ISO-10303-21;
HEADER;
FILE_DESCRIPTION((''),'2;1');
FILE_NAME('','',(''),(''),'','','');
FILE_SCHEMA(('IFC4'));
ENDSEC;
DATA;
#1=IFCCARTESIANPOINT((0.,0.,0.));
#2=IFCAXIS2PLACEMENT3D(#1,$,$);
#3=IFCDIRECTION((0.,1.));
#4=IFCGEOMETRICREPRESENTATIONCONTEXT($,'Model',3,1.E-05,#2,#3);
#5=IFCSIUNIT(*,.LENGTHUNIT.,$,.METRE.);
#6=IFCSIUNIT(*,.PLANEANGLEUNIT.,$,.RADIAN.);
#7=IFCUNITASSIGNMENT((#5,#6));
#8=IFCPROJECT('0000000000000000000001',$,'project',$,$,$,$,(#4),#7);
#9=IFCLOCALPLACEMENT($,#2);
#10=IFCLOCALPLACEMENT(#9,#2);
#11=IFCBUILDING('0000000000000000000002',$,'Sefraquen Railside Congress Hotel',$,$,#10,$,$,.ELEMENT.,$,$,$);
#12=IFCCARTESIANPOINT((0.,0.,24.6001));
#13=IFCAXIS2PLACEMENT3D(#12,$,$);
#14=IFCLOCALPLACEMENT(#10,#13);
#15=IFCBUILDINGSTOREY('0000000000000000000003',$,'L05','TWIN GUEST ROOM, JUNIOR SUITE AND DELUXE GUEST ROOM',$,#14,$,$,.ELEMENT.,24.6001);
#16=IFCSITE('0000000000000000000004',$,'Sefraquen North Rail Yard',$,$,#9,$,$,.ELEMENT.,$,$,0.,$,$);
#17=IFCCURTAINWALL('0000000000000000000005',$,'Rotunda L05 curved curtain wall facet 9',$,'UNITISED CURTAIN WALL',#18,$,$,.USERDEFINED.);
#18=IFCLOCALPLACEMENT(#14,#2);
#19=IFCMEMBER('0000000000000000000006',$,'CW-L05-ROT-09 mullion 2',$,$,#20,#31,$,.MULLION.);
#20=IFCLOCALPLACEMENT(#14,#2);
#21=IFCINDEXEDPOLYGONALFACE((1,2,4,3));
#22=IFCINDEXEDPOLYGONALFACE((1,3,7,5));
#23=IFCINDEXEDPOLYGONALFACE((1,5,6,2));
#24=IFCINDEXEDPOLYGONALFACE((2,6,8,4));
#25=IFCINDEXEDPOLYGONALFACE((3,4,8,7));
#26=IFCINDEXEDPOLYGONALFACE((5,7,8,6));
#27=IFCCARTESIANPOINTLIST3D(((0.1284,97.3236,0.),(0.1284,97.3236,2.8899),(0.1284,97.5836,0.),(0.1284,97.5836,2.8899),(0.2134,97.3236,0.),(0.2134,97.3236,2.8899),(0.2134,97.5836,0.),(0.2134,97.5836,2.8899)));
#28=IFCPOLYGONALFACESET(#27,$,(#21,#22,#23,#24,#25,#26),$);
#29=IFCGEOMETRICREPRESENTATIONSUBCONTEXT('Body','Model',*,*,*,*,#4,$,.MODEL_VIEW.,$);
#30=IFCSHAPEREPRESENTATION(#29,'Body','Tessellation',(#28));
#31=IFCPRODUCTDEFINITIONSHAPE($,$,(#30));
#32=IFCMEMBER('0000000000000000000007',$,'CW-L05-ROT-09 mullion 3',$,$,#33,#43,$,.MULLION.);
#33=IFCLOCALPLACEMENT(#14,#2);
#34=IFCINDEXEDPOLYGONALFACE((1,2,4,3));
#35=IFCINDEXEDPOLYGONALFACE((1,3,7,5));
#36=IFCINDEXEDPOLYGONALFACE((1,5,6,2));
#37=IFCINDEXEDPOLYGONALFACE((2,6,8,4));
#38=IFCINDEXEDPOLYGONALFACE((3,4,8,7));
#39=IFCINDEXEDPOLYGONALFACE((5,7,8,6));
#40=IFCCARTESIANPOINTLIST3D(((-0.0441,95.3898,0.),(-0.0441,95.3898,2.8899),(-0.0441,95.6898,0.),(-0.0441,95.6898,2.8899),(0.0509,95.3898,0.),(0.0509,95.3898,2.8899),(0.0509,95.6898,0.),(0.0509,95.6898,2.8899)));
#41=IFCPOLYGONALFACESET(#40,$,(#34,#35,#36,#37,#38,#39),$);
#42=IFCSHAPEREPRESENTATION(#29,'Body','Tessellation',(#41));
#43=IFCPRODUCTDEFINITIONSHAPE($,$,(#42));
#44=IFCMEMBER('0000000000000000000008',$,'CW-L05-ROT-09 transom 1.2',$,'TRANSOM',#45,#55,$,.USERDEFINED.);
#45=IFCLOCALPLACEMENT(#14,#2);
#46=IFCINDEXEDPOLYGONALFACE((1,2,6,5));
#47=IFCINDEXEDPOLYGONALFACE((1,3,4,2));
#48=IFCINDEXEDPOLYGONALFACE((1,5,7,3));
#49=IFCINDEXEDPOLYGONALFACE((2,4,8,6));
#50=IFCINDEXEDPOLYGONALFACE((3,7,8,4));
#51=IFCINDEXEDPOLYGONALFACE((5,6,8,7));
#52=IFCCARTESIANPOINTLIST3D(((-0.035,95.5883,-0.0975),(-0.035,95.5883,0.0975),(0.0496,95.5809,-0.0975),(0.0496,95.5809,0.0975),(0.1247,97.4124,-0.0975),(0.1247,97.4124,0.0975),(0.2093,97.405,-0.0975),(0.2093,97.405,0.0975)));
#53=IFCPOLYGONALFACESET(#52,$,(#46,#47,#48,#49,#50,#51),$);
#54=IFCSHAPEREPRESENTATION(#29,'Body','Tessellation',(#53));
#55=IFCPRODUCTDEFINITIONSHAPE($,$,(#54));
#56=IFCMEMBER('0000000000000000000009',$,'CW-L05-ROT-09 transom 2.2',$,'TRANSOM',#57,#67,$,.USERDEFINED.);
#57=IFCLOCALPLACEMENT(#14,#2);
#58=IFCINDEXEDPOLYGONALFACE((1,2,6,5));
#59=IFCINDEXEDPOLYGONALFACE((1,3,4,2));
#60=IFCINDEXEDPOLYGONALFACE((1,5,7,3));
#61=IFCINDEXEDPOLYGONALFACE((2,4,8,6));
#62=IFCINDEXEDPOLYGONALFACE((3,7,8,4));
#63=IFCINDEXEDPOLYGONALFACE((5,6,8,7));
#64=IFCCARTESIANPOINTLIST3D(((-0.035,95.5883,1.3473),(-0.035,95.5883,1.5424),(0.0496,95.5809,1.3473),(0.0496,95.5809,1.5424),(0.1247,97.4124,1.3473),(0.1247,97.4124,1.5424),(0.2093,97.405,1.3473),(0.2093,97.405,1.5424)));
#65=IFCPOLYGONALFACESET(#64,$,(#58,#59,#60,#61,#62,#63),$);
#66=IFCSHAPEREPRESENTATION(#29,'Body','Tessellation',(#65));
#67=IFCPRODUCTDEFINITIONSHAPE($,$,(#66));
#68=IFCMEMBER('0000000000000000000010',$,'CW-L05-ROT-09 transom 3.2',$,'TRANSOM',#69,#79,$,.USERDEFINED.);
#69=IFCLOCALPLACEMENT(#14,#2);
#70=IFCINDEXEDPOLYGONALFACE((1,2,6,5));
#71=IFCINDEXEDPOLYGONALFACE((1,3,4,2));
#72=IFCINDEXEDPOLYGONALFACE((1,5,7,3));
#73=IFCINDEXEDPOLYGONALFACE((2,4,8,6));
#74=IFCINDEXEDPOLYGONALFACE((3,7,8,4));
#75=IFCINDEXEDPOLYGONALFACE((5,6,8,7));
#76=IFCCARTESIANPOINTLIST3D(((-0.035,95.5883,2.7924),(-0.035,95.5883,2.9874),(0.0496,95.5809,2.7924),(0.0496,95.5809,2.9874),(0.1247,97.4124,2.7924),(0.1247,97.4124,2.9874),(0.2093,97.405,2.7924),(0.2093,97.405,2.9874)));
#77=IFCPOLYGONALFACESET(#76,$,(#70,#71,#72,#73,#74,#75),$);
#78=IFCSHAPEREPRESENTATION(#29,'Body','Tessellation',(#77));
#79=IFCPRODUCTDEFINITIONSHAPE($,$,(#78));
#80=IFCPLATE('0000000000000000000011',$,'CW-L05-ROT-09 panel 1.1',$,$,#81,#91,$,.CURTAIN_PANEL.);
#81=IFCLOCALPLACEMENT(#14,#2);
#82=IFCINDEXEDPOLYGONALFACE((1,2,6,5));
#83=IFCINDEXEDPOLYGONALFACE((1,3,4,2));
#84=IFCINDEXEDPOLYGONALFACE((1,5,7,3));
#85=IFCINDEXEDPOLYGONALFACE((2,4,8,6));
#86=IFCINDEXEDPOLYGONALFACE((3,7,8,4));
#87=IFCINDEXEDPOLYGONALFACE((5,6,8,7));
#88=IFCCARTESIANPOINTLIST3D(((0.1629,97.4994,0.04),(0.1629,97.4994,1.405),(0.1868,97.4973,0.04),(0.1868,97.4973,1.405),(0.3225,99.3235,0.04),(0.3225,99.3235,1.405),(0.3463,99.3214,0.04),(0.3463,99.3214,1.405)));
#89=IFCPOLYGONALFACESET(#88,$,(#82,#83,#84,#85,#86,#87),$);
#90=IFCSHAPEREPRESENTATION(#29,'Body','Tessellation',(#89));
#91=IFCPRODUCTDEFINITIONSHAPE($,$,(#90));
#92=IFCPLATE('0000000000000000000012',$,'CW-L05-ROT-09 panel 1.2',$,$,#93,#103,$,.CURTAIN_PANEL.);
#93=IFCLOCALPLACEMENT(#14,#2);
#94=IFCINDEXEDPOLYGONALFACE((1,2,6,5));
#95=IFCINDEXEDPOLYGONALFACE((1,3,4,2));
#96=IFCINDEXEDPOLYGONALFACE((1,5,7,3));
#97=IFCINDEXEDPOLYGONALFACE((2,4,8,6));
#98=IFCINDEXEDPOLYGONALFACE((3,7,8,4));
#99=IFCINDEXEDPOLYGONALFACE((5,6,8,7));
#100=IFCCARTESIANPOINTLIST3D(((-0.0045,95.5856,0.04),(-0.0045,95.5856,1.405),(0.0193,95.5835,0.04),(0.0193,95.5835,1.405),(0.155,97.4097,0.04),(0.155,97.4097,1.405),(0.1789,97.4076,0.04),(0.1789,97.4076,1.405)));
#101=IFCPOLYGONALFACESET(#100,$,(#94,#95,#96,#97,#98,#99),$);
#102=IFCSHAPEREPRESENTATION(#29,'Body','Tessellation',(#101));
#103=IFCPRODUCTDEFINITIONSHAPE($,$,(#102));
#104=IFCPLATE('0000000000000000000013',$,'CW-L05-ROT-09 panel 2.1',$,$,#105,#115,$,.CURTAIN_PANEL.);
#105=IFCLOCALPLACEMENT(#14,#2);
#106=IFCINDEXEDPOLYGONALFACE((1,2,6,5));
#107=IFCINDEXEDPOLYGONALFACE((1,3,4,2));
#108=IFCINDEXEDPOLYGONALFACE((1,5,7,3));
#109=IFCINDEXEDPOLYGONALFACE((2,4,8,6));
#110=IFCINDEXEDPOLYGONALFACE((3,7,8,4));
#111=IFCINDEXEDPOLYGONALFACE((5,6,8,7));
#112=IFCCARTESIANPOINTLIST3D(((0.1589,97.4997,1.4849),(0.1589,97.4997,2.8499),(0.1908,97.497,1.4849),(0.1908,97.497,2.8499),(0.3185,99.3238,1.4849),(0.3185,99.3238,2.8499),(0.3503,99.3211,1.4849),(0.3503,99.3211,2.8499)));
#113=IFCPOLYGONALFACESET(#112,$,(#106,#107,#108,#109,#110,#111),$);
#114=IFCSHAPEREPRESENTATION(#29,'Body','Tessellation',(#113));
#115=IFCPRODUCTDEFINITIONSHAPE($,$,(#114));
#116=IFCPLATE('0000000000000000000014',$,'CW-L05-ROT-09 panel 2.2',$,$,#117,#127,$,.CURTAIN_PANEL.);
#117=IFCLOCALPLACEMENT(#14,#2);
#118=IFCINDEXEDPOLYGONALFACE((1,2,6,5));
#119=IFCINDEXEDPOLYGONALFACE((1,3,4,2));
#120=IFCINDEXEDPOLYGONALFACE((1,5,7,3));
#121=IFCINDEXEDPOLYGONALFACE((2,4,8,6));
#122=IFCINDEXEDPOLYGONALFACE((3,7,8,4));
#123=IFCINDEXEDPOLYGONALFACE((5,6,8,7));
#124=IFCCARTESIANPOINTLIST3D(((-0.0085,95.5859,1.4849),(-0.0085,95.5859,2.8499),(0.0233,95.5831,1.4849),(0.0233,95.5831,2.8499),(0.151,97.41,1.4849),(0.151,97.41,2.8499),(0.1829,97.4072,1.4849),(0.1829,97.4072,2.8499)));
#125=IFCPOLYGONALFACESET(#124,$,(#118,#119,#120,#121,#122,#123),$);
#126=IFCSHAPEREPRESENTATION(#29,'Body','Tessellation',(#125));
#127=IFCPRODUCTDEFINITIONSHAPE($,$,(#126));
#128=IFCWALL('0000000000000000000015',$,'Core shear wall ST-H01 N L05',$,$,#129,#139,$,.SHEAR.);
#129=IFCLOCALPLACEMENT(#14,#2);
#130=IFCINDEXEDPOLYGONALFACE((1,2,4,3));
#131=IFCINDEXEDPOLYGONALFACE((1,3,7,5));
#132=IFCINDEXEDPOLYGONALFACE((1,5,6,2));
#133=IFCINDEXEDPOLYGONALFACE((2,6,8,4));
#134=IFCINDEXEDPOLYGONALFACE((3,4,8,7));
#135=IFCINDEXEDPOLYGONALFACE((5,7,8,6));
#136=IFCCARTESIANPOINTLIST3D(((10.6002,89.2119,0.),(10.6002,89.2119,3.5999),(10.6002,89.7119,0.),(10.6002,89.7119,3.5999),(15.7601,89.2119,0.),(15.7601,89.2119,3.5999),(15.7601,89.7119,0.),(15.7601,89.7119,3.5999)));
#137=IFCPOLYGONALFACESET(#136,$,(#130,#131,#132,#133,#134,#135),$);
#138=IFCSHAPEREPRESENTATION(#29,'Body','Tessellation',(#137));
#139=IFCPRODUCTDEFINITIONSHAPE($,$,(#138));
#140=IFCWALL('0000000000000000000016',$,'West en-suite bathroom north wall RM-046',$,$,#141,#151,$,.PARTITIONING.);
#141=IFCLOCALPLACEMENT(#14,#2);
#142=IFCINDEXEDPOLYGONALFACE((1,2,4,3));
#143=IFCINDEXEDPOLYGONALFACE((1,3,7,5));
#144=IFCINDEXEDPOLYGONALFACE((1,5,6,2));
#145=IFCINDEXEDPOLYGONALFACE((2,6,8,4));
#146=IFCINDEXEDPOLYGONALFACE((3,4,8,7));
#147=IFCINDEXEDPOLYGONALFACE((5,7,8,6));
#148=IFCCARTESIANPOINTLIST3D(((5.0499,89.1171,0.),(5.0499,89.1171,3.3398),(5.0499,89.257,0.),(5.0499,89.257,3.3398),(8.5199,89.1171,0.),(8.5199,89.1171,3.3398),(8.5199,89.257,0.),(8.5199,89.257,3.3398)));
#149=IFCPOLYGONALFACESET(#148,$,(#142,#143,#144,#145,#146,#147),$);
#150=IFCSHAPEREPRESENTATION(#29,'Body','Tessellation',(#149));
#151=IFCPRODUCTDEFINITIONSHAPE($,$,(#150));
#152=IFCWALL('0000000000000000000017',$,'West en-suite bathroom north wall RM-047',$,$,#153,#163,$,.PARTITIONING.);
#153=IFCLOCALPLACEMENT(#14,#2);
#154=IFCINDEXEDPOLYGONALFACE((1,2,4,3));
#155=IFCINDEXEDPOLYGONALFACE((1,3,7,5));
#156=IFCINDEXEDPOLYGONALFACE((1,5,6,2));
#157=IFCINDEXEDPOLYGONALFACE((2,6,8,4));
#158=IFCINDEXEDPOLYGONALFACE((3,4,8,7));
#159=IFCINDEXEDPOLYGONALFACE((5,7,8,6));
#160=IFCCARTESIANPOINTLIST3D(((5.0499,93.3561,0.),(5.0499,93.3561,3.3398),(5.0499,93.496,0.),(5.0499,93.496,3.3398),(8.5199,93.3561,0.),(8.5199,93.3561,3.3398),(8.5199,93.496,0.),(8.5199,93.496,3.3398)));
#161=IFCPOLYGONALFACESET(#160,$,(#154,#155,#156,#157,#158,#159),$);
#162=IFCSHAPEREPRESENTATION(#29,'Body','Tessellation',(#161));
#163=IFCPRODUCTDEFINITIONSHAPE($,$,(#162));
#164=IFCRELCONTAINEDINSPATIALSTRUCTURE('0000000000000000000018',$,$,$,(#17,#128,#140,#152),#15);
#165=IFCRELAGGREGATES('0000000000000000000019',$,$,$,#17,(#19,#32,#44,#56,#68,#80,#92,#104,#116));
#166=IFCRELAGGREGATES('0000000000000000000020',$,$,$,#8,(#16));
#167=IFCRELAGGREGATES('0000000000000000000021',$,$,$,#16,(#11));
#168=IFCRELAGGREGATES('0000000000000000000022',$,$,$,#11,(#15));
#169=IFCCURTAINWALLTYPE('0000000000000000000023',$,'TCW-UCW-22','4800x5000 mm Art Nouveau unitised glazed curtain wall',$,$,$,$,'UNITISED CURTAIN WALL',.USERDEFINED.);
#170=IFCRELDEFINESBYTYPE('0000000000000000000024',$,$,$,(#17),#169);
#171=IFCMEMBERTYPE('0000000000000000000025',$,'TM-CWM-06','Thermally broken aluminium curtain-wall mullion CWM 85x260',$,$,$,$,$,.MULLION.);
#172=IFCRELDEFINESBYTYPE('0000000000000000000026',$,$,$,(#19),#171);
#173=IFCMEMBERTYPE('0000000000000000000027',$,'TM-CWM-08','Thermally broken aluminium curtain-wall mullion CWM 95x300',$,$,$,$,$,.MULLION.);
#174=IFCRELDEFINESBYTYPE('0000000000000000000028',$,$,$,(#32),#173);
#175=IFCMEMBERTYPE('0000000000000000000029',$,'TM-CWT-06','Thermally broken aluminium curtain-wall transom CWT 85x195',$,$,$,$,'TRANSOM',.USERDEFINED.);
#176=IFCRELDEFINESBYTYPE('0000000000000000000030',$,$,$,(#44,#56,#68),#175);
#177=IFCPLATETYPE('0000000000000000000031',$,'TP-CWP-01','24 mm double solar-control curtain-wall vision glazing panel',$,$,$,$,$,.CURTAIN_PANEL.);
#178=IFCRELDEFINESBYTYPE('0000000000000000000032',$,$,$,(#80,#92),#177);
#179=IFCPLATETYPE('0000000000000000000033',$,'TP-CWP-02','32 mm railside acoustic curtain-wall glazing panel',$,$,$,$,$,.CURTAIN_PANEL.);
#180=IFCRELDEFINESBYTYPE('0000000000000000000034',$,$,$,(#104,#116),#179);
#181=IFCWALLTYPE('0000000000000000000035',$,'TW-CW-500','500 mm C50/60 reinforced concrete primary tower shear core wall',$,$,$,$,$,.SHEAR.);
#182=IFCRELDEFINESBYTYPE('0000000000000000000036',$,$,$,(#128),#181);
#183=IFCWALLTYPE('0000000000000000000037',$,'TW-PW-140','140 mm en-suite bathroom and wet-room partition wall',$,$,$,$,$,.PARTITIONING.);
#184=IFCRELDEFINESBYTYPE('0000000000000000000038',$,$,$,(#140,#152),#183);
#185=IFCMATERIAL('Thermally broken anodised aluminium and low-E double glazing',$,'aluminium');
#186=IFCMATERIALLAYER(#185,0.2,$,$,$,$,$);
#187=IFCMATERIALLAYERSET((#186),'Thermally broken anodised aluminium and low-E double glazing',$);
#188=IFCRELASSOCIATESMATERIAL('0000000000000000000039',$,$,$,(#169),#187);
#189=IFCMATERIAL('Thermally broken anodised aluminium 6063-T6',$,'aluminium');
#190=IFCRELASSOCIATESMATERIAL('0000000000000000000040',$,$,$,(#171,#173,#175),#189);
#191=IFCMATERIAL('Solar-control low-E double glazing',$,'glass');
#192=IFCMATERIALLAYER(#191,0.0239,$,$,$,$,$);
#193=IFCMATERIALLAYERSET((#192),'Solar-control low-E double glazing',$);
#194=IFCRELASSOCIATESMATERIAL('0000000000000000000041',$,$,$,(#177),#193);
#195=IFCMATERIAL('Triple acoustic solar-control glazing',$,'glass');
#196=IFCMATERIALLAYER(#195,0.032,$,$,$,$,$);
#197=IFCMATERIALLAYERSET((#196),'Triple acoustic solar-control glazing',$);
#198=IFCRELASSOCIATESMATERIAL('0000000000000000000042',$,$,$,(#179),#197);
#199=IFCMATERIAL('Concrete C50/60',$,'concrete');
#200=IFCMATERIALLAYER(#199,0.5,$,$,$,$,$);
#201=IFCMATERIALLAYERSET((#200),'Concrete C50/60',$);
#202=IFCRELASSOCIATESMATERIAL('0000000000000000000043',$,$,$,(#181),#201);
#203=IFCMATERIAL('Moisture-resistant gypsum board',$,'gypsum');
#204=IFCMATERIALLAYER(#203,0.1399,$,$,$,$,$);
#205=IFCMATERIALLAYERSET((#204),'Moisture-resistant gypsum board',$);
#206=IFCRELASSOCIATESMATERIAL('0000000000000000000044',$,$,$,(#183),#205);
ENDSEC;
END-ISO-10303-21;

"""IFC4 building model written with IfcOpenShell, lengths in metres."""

from ifc_helpers import new_model, si_unit, direction, frame, frame_2d, origin, origin_2d, place, context, subcontext, project, spatial, rectangle, extrude, material, layer, layer_set, material_profile, profile_set, type_object, element, aggregate, save


model = new_model("IFC4")

# Units and contexts
model_context = context("Model", 3, precision=1e-05, world=origin(), true_north=direction((0.0, 1.0)))
body_context = subcontext(model_context, "Body", "Model", "MODEL_VIEW")
ifc_project = project(units=[si_unit("LENGTHUNIT", "METRE"), si_unit("PLANEANGLEUNIT", "RADIAN")], contexts=[model_context])

# Site, building, storey
site_placement = place(None, origin())
site = spatial("IfcSite", under=ifc_project, at=site_placement, Name="Sefraquen North Rail Yard", CompositionType="ELEMENT", RefElevation=0.0)
building_placement = place(site_placement, origin())
building = spatial("IfcBuilding", under=site, at=building_placement, Name="Sefraquen Railside Congress Hotel", CompositionType="ELEMENT")
storey_placement = place(building_placement, frame((0.0, 0.0, 24.6001)))
storey = spatial("IfcBuildingStorey", under=building, at=storey_placement, Name="L05", Description="TWIN GUEST ROOM, JUNIOR SUITE AND DELUXE GUEST ROOM", CompositionType="ELEMENT", Elevation=24.6001)

# Curtain wall, members, plates
ifc_material_1 = material(Name="Thermally broken anodised aluminium and low-E double glazing", Category="aluminium")
ifc_layer_1 = layer(ifc_material_1, 0.2)
ifc_layer_set_1 = layer_set([ifc_layer_1], Name="Thermally broken anodised aluminium and low-E double glazing")
curtain_wall_type = type_object("IfcCurtainWallType", Name="TCW-UCW-22", Description="4800x5000 mm Art Nouveau unitised glazed curtain wall", ElementType="UNITISED CURTAIN WALL", PredefinedType="USERDEFINED", material=ifc_layer_set_1)
curtain_wall_placement = place(storey_placement, origin())
curtain_wall = element("IfcCurtainWall", 1, at=curtain_wall_placement, inside=storey, type_object=curtain_wall_type, Name="Rotunda L05 curved curtain wall facet 9", ObjectType="UNITISED CURTAIN WALL", PredefinedType="USERDEFINED")
ifc_material_2 = material(Name="Thermally broken anodised aluminium 6063-T6", Category="aluminium")
ifc_material_profile_1 = material_profile(ifc_material_2, rectangle(XDim=0.085, YDim=0.26, at=origin_2d()), Name="CWM 85x260")
ifc_profile_set_1 = profile_set([ifc_material_profile_1], Name="Thermally broken anodised aluminium 6063-T6")
member_type_1 = type_object("IfcMemberType", Name="TM-CWM-06", Description="Thermally broken aluminium curtain-wall mullion CWM 85x260", PredefinedType="MULLION", material=ifc_profile_set_1)
member_1_placement = place(storey_placement, frame((0.1709, 97.4536, 0.0), z_axis=(0.0, 0.0, 1.0), x_axis=(1.0, 0.0, 0.0)))
member_1 = element("IfcMember", 2, at=member_1_placement, type_object=member_type_1, Name="CW-L05-ROT-09 mullion 2", PredefinedType="MULLION", context=body_context, shape_type="SweptSolid", body=[
    extrude(rectangle(XDim=0.085, YDim=0.26, at=origin_2d()), origin(), (0.0, 0.0, 1.0), 2.8899),
])
ifc_material_profile_2 = material_profile(ifc_material_2, rectangle(XDim=0.095, YDim=0.3, at=origin_2d()), Name="CWM 95x300")
ifc_profile_set_2 = profile_set([ifc_material_profile_2], Name="Thermally broken anodised aluminium 6063-T6")
member_type_2 = type_object("IfcMemberType", Name="TM-CWM-08", Description="Thermally broken aluminium curtain-wall mullion CWM 95x300", PredefinedType="MULLION", material=ifc_profile_set_2)
member_2_placement = place(storey_placement, frame((0.0034, 95.5398, 0.0), z_axis=(0.0, 0.0, 1.0), x_axis=(1.0, 0.0, 0.0)))
member_2 = element("IfcMember", 3, at=member_2_placement, type_object=member_type_2, Name="CW-L05-ROT-09 mullion 3", PredefinedType="MULLION", context=body_context, shape_type="SweptSolid", body=[
    extrude(rectangle(XDim=0.095, YDim=0.3, at=origin_2d()), origin(), (0.0, 0.0, 1.0), 2.8899),
])
ifc_material_profile_3 = material_profile(ifc_material_2, rectangle(XDim=0.085, YDim=0.1951, at=origin_2d()), Name="CWT 85x195")
ifc_profile_set_3 = profile_set([ifc_material_profile_3], Name="Thermally broken anodised aluminium 6063-T6")
member_type_3 = type_object("IfcMemberType", Name="TM-CWT-06", Description="Thermally broken aluminium curtain-wall transom CWT 85x195", ElementType="TRANSOM", PredefinedType="USERDEFINED", material=ifc_profile_set_3)
member_3_placement = place(storey_placement, frame((0.167, 97.4087, 0.0), z_axis=(-0.087205, -0.99619, 0.0), x_axis=(0.99619, -0.087205, 0.0)))
member_3 = element("IfcMember", 4, at=member_3_placement, type_object=member_type_3, Name="CW-L05-ROT-09 transom 1.2", ObjectType="TRANSOM", PredefinedType="USERDEFINED", context=body_context, shape_type="SweptSolid", body=[
    extrude(rectangle(XDim=0.085, YDim=0.1951, at=origin_2d()), origin(), (0.0, 0.0, 1.0), 1.8311),
])
member_4_placement = place(storey_placement, frame((0.167, 97.4087, 1.4448), z_axis=(-0.087205, -0.99619, 0.0), x_axis=(0.99619, -0.087205, 0.0)))
member_4 = element("IfcMember", 5, at=member_4_placement, type_object=member_type_3, Name="CW-L05-ROT-09 transom 2.2", ObjectType="TRANSOM", PredefinedType="USERDEFINED", context=body_context, shape_type="SweptSolid", body=[
    extrude(rectangle(XDim=0.085, YDim=0.1951, at=origin_2d()), origin(), (0.0, 0.0, 1.0), 1.8311),
])
member_5_placement = place(storey_placement, frame((0.167, 97.4087, 2.8899), z_axis=(-0.087205, -0.99619, 0.0), x_axis=(0.99619, -0.087205, 0.0)))
member_5 = element("IfcMember", 6, at=member_5_placement, type_object=member_type_3, Name="CW-L05-ROT-09 transom 3.2", ObjectType="TRANSOM", PredefinedType="USERDEFINED", context=body_context, shape_type="SweptSolid", body=[
    extrude(rectangle(XDim=0.085, YDim=0.1951, at=origin_2d()), origin(), (0.0, 0.0, 1.0), 1.8311),
])
ifc_material_3 = material(Name="Solar-control low-E double glazing", Category="glass")
ifc_layer_2 = layer(ifc_material_3, 0.0239)
ifc_layer_set_2 = layer_set([ifc_layer_2], Name="Solar-control low-E double glazing")
plate_type_1 = type_object("IfcPlateType", Name="TP-CWP-01", Description="24 mm double solar-control curtain-wall vision glazing panel", PredefinedType="CURTAIN_PANEL", material=ifc_layer_set_2)
plate_1_placement = place(storey_placement, frame((0.2546, 98.4104, 0.04), z_axis=(0.0, 0.0, 1.0), x_axis=(-0.087138, -0.996196, 0.0)))
plate_1 = element("IfcPlate", 7, at=plate_1_placement, type_object=plate_type_1, Name="CW-L05-ROT-09 panel 1.1", PredefinedType="CURTAIN_PANEL", context=body_context, shape_type="SweptSolid", body=[
    extrude(rectangle(XDim=1.8311, YDim=0.0239, at=origin_2d()), origin(), (0.0, 0.0, 1.0), 1.365),
])
plate_2_placement = place(storey_placement, frame((0.0872, 96.4966, 0.04), z_axis=(0.0, 0.0, 1.0), x_axis=(-0.087138, -0.996196, 0.0)))
plate_2 = element("IfcPlate", 8, at=plate_2_placement, type_object=plate_type_1, Name="CW-L05-ROT-09 panel 1.2", PredefinedType="CURTAIN_PANEL", context=body_context, shape_type="SweptSolid", body=[
    extrude(rectangle(XDim=1.8311, YDim=0.0239, at=origin_2d()), origin(), (0.0, 0.0, 1.0), 1.365),
])
ifc_material_4 = material(Name="Triple acoustic solar-control glazing", Category="glass")
ifc_layer_3 = layer(ifc_material_4, 0.032)
ifc_layer_set_3 = layer_set([ifc_layer_3], Name="Triple acoustic solar-control glazing")
plate_type_2 = type_object("IfcPlateType", Name="TP-CWP-02", Description="32 mm railside acoustic curtain-wall glazing panel", PredefinedType="CURTAIN_PANEL", material=ifc_layer_set_3)
plate_3_placement = place(storey_placement, frame((0.2546, 98.4104, 1.4849), z_axis=(0.0, 0.0, 1.0), x_axis=(-0.087138, -0.996196, 0.0)))
plate_3 = element("IfcPlate", 9, at=plate_3_placement, type_object=plate_type_2, Name="CW-L05-ROT-09 panel 2.1", PredefinedType="CURTAIN_PANEL", context=body_context, shape_type="SweptSolid", body=[
    extrude(rectangle(XDim=1.8311, YDim=0.032, at=origin_2d()), origin(), (0.0, 0.0, 1.0), 1.365),
])
plate_4_placement = place(storey_placement, frame((0.0872, 96.4966, 1.4849), z_axis=(0.0, 0.0, 1.0), x_axis=(-0.087138, -0.996196, 0.0)))
plate_4 = element("IfcPlate", 10, at=plate_4_placement, type_object=plate_type_2, Name="CW-L05-ROT-09 panel 2.2", PredefinedType="CURTAIN_PANEL", context=body_context, shape_type="SweptSolid", body=[
    extrude(rectangle(XDim=1.8311, YDim=0.032, at=origin_2d()), origin(), (0.0, 0.0, 1.0), 1.365),
])
aggregate(curtain_wall, [member_1, member_2, member_3, member_4, member_5, plate_1, plate_2, plate_3, plate_4])

# Walls
ifc_material_5 = material(Name="Concrete C50/60", Category="concrete")
ifc_layer_4 = layer(ifc_material_5, 0.5)
ifc_layer_set_4 = layer_set([ifc_layer_4], Name="Concrete C50/60")
wall_type_1 = type_object("IfcWallType", Name="TW-CW-500", Description="500 mm C50/60 reinforced concrete primary tower shear core wall", PredefinedType="SHEAR", material=ifc_layer_set_4)
wall_1_placement = place(storey_placement, frame((10.6001, 89.4619, 0.0), z_axis=(0.0, 0.0, 1.0), x_axis=(1.0, 0.0, 0.0)))
element("IfcWall", 11, at=wall_1_placement, inside=storey, type_object=wall_type_1, Name="Core shear wall ST-H01 N L05", PredefinedType="SHEAR", context=body_context, shape_type="SweptSolid", body=[
    extrude(rectangle(XDim=5.1599, YDim=0.5, at=frame_2d((2.5801, 0.0))), origin(), (0.0, 0.0, 1.0), 3.5999),
])
ifc_material_6 = material(Name="Moisture-resistant gypsum board", Category="gypsum")
ifc_layer_5 = layer(ifc_material_6, 0.1399)
ifc_layer_set_5 = layer_set([ifc_layer_5], Name="Moisture-resistant gypsum board")
wall_type_2 = type_object("IfcWallType", Name="TW-PW-140", Description="140 mm en-suite bathroom and wet-room partition wall", PredefinedType="PARTITIONING", material=ifc_layer_set_5)
for number, where, z_axis, x_axis, name in (
    (12, (5.05, 89.187, 0.0), (0.0, 0.0, 1.0), (1.0, 0.0, 0.0), "West en-suite bathroom north wall RM-046"),
    (13, (5.05, 93.426, 0.0), (0.0, 0.0, 1.0), (1.0, 0.0, 0.0), "West en-suite bathroom north wall RM-047"),
):
    element("IfcWall", number, at=place(storey_placement, frame(where, z_axis=z_axis, x_axis=x_axis)), inside=storey, type_object=wall_type_2, Name=name, PredefinedType="PARTITIONING", context=body_context, shape_type="SweptSolid", body=[
        extrude(rectangle(XDim=3.47, YDim=0.1399, at=frame_2d((1.7349, 0.0))), origin(), (0.0, 0.0, 1.0), 3.3398),
    ])

save(model, "model.ifc")
